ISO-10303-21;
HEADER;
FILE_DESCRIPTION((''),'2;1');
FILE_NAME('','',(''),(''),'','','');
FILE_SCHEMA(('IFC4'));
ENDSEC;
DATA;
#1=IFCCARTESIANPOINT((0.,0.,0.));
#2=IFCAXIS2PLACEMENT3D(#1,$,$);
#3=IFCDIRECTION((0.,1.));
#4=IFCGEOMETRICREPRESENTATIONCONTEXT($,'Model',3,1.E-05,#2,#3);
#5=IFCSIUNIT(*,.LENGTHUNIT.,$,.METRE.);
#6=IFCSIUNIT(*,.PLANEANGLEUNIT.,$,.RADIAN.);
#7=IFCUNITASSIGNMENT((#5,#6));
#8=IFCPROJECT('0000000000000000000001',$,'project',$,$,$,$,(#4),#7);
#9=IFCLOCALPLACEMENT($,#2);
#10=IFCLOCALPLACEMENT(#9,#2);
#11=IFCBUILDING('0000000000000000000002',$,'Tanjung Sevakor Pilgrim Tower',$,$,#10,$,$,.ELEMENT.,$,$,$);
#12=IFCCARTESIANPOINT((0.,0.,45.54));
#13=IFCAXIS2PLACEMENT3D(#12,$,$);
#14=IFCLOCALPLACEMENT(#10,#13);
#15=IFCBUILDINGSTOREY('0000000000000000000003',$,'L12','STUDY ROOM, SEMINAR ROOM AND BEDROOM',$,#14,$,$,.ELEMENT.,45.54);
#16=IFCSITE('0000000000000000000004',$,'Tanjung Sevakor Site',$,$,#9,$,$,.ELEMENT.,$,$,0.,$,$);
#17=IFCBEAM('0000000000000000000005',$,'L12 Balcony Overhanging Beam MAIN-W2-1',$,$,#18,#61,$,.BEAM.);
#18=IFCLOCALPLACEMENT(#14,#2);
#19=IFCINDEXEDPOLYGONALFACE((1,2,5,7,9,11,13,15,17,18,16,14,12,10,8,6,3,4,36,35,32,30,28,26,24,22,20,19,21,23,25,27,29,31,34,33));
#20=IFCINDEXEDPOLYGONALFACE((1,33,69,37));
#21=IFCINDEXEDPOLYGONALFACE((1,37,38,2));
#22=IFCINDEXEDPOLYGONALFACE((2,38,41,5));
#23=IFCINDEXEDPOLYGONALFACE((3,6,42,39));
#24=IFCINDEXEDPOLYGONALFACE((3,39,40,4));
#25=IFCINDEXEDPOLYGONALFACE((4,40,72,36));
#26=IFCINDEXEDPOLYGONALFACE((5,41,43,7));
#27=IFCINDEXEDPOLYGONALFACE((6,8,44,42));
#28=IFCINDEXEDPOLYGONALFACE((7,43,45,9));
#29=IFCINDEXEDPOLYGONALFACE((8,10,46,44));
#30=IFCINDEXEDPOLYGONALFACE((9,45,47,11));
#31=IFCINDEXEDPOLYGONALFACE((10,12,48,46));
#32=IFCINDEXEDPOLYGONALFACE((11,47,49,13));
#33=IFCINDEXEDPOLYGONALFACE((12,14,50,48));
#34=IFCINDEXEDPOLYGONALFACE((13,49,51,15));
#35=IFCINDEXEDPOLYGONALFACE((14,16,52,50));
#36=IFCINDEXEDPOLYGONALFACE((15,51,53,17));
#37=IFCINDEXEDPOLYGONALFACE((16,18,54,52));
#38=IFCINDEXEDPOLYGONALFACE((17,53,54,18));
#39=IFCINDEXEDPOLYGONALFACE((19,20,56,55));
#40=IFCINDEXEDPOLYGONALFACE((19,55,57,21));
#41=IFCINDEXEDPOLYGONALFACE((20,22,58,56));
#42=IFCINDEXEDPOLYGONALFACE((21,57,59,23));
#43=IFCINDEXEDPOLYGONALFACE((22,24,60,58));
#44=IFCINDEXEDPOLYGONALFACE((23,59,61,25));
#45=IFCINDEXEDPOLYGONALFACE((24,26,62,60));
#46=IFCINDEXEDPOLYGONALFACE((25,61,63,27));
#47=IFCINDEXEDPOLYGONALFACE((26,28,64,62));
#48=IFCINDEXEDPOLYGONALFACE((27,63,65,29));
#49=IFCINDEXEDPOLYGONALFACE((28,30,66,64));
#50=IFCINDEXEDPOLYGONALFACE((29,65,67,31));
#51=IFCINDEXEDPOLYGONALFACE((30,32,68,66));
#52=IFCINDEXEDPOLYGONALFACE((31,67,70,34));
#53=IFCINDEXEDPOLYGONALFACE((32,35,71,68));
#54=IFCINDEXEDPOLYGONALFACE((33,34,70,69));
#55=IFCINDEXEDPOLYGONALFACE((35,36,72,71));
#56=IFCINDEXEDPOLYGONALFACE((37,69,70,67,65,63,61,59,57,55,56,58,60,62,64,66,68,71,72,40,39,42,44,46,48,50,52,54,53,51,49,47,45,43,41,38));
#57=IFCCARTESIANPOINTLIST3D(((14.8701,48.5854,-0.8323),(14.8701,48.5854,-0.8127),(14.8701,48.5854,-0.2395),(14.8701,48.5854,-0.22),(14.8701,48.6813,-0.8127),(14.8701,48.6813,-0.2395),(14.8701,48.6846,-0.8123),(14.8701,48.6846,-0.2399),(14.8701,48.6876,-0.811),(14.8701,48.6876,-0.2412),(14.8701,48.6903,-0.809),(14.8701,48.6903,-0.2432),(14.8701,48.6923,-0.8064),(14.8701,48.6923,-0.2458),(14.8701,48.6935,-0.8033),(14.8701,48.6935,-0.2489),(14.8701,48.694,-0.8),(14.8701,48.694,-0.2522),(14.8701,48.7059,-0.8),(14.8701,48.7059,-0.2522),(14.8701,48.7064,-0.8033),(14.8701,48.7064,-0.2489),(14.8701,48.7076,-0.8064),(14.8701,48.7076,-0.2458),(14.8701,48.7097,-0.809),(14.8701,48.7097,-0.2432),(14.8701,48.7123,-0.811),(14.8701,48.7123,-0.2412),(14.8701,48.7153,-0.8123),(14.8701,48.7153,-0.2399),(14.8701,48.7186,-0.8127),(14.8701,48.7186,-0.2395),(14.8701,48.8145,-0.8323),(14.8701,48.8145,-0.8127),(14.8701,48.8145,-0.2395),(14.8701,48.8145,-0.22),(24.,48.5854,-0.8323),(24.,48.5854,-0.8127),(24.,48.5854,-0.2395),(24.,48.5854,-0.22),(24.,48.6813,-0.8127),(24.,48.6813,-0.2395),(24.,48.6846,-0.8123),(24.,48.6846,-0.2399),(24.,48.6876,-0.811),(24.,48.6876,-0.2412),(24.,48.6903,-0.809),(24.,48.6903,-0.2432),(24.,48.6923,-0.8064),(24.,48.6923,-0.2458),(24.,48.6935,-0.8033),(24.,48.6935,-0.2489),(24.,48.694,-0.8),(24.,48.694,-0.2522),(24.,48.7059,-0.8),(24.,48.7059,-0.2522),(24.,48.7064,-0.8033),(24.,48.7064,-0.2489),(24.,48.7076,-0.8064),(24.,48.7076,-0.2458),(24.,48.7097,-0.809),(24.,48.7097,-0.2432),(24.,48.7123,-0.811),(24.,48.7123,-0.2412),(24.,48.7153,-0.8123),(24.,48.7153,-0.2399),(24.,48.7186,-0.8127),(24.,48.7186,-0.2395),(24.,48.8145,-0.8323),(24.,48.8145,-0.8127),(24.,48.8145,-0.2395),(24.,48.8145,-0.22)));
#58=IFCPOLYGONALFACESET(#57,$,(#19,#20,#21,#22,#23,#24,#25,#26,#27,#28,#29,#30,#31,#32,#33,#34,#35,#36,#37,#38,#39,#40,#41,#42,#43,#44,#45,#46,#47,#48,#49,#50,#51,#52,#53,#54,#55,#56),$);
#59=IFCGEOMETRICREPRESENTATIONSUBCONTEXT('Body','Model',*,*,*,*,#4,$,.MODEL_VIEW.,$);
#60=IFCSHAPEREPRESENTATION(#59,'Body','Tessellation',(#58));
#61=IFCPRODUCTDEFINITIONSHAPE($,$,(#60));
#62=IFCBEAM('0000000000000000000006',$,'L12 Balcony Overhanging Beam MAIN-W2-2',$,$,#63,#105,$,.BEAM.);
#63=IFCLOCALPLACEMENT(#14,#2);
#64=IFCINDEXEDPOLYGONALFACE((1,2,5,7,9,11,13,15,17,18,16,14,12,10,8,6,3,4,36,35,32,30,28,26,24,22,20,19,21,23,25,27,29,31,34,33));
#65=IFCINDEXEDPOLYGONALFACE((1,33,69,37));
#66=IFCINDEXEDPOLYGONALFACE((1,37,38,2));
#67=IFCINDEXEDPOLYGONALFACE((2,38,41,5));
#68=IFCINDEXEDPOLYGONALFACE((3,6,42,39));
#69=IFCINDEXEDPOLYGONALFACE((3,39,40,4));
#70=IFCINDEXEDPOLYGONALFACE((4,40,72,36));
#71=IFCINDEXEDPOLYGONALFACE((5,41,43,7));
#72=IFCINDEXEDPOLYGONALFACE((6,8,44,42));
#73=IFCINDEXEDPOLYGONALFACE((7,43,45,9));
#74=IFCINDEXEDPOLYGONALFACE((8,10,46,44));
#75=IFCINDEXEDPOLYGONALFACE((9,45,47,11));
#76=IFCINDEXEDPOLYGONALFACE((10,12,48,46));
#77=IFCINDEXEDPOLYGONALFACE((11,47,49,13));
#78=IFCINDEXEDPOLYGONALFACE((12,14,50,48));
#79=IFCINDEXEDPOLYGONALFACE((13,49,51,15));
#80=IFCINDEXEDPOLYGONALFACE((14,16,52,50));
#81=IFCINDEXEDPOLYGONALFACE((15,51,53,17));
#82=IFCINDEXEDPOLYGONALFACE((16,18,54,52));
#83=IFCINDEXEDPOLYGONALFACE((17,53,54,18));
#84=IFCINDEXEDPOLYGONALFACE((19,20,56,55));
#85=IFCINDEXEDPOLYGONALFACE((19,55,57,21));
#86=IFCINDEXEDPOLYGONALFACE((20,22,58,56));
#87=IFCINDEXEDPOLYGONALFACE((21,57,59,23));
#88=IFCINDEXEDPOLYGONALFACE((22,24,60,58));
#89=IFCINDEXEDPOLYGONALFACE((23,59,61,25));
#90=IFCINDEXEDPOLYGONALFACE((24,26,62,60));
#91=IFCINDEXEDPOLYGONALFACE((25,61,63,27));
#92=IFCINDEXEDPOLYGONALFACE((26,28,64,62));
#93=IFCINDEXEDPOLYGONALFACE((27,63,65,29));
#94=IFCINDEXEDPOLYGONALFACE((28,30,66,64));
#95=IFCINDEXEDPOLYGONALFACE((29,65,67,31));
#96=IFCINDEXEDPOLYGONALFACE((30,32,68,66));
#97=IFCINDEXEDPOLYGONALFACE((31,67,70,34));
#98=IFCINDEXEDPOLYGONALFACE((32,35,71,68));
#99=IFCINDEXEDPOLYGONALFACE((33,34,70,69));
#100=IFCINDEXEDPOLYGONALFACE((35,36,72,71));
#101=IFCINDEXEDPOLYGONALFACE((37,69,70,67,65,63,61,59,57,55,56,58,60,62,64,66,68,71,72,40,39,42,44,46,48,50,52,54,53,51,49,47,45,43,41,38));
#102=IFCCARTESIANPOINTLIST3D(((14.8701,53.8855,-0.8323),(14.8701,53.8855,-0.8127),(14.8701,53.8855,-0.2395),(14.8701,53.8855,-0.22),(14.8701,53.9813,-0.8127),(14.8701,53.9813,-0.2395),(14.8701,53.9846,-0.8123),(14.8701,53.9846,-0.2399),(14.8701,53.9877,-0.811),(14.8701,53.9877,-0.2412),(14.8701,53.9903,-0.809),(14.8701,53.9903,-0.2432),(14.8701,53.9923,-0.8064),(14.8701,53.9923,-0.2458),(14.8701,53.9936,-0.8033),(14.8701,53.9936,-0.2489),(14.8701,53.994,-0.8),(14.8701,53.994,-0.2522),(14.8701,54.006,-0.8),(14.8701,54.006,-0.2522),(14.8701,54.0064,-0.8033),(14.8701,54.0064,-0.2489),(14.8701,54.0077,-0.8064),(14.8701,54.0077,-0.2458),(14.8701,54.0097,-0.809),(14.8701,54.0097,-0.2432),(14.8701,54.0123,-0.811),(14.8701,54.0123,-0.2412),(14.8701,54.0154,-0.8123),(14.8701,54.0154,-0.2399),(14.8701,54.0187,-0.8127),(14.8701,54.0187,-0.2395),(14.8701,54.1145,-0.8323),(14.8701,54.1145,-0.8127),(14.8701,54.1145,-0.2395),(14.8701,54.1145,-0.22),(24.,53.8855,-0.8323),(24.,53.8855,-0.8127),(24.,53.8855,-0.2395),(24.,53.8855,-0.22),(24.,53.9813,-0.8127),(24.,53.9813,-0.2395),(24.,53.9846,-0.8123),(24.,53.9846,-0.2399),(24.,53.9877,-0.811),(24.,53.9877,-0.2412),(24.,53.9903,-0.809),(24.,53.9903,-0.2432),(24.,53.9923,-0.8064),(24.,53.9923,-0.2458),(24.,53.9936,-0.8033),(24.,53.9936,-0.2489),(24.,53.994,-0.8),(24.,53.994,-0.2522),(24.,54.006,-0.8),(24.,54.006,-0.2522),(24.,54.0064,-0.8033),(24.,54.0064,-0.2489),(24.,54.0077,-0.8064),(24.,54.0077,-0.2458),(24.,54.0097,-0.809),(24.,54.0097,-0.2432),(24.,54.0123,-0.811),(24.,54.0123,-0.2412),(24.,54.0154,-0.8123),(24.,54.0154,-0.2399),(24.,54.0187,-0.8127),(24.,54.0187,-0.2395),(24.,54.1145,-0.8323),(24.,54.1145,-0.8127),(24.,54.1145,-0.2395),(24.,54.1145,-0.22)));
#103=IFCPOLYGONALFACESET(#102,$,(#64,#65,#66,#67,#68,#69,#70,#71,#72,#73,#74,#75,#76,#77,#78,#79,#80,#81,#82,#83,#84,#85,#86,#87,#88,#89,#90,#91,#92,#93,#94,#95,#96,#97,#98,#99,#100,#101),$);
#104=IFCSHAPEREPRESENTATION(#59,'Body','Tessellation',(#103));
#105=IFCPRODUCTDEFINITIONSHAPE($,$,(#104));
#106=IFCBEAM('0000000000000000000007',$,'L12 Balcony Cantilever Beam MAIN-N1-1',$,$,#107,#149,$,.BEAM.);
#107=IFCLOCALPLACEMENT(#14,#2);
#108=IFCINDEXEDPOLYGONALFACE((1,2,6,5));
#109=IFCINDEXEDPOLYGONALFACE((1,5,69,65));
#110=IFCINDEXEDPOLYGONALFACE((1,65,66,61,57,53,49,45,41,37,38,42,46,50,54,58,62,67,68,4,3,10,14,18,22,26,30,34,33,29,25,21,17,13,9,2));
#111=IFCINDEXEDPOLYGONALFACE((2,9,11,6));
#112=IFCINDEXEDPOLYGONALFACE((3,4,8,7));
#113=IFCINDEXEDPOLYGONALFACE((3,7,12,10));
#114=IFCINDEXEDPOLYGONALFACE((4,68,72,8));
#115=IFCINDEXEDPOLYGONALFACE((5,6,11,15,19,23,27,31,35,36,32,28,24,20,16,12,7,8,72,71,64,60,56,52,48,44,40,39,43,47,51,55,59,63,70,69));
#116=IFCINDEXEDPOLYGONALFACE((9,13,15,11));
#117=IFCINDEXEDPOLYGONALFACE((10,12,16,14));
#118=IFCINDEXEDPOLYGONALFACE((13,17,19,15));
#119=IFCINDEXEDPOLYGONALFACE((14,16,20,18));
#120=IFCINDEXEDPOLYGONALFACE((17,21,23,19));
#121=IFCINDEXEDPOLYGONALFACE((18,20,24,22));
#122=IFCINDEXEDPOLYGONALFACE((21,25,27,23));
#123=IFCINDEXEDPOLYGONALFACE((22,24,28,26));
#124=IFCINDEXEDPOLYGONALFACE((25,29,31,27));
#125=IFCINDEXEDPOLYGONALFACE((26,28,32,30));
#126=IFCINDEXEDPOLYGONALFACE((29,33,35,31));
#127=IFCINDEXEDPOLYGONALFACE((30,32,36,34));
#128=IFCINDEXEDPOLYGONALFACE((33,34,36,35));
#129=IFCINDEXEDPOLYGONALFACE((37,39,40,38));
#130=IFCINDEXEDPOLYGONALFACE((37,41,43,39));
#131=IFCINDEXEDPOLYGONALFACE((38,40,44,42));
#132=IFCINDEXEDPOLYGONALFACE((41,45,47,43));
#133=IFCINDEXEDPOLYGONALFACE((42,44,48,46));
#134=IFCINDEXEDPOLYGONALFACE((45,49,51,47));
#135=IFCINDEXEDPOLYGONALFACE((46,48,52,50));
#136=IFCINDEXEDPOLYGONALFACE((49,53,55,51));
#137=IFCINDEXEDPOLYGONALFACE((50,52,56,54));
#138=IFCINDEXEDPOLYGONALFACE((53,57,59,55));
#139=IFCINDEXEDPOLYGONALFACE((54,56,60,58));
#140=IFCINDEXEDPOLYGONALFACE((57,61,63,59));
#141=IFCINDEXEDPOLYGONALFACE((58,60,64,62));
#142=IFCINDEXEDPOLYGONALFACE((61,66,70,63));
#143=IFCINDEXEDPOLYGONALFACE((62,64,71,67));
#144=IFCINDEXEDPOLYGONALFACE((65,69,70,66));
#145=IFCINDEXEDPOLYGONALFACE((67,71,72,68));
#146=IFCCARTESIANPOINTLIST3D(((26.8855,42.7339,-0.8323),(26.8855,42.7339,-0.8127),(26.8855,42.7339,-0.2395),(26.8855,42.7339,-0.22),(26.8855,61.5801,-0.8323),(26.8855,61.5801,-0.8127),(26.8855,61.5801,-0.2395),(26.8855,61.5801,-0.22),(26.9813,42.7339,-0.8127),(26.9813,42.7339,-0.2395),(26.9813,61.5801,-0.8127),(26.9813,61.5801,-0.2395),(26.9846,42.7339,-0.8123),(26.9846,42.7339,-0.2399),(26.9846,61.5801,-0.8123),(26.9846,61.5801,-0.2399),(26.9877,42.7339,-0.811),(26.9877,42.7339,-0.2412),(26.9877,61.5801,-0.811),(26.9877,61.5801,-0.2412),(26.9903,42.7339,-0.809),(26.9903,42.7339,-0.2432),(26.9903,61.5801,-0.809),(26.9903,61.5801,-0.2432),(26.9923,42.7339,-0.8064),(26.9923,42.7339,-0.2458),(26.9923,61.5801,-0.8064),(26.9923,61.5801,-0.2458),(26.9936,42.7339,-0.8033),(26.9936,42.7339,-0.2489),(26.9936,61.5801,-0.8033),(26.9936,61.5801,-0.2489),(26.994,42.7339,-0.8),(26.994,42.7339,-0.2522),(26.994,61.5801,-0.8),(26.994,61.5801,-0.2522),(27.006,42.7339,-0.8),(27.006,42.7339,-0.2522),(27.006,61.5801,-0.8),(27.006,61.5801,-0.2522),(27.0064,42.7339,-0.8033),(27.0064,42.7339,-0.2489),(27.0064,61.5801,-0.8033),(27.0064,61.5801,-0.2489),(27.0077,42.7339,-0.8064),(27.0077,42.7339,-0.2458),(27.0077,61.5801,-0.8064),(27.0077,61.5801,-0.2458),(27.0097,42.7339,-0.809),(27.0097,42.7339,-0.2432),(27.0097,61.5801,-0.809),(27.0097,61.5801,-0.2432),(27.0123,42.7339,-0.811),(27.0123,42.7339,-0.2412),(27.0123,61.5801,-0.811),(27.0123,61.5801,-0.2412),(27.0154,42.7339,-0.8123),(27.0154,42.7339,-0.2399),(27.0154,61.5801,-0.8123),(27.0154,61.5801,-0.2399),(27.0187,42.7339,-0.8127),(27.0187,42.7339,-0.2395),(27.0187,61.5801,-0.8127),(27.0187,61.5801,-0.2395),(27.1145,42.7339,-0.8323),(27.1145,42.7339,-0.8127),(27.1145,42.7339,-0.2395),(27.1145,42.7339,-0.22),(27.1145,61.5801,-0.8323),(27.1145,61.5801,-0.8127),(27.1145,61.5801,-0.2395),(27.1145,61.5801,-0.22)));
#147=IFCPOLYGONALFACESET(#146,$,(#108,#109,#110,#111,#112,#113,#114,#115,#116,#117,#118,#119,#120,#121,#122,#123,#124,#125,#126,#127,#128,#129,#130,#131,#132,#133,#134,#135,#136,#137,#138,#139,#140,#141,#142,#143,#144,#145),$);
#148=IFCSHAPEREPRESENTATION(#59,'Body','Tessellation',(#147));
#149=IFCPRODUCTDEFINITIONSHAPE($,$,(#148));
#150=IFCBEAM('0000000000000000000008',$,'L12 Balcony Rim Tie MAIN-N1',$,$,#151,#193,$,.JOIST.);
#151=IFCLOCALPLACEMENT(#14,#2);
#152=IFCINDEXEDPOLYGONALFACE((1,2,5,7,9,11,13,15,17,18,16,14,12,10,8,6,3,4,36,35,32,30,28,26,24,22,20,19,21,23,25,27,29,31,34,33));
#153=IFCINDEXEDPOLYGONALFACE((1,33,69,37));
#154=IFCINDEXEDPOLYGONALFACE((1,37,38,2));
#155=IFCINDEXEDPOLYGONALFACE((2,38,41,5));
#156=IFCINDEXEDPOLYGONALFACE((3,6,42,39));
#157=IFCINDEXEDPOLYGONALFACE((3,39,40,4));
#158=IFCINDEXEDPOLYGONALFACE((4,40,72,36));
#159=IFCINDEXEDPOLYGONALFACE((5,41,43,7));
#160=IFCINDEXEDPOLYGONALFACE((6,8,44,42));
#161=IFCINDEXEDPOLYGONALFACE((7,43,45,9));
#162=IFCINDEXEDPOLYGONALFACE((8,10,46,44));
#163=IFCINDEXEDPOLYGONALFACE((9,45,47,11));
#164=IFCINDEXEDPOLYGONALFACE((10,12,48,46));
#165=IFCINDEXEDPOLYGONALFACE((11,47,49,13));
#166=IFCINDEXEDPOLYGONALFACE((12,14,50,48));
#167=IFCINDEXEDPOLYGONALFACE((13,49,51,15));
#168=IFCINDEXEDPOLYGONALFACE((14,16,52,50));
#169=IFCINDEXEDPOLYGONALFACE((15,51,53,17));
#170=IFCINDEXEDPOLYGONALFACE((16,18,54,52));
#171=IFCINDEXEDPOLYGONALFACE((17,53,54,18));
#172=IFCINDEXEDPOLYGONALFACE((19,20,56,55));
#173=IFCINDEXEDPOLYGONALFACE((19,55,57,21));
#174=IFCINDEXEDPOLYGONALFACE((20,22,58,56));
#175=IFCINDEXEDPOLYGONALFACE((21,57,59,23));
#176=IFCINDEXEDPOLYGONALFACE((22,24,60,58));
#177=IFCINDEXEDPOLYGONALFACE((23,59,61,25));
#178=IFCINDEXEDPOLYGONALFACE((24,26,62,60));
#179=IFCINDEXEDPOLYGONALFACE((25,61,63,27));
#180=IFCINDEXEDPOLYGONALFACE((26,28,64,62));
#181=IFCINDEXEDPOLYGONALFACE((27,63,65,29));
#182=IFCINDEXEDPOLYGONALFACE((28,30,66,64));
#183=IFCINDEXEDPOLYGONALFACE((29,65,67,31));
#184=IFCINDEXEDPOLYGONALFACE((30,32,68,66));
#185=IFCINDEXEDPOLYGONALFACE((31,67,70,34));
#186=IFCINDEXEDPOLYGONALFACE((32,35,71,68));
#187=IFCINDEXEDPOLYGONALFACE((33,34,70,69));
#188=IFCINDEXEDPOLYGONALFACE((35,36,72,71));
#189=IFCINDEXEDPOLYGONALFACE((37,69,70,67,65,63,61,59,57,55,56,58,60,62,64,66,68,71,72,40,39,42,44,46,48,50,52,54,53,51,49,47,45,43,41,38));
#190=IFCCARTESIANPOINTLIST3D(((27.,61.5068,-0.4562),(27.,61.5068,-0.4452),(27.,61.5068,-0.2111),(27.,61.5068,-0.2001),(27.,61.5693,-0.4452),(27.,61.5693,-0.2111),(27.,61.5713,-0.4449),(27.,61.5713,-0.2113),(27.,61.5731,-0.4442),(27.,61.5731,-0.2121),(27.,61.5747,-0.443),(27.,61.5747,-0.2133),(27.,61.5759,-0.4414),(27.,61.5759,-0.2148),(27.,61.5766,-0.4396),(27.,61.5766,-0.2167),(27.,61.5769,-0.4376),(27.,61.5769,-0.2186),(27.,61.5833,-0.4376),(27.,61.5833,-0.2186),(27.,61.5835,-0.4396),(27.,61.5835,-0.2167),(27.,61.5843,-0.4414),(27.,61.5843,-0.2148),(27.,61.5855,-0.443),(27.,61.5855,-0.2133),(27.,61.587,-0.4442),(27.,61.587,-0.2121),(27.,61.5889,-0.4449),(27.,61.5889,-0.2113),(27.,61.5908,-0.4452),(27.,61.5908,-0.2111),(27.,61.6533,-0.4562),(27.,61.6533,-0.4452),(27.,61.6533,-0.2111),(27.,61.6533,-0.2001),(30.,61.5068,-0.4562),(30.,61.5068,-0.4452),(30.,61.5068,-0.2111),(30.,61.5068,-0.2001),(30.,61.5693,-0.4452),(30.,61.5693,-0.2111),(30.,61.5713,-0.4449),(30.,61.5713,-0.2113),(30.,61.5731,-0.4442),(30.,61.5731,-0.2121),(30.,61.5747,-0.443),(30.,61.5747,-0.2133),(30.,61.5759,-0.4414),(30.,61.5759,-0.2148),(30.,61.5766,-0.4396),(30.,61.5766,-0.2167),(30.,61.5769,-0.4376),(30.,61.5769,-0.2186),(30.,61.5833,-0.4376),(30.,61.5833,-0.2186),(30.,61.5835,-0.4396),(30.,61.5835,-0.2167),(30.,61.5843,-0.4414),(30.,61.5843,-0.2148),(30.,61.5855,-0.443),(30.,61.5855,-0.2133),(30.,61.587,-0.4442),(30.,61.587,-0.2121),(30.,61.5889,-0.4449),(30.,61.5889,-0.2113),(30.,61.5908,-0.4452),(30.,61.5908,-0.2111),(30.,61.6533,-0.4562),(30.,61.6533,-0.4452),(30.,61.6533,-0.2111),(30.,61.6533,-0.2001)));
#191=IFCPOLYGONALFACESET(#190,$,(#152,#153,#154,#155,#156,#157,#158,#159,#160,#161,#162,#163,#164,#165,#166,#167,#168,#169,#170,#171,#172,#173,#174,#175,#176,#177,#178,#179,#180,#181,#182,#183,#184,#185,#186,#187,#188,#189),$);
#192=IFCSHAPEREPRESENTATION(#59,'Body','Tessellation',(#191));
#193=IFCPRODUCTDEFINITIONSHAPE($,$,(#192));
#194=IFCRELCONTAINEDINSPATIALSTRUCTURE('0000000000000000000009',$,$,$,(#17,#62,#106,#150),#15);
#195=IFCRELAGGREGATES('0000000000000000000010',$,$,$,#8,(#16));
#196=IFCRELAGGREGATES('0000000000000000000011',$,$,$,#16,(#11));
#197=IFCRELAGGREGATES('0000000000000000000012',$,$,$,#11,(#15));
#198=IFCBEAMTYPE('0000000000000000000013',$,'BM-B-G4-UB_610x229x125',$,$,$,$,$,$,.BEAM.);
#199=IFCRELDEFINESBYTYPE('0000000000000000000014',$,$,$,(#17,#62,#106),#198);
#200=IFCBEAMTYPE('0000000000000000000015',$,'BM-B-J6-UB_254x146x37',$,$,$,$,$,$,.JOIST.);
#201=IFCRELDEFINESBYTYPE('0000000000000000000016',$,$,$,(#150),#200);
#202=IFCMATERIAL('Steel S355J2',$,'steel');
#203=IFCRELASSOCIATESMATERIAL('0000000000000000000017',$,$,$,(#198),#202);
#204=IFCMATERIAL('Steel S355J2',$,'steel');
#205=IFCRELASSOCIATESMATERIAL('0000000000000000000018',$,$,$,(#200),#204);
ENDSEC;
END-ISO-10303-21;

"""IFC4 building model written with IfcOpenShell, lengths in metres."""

from ifc_helpers import new_model, si_unit, direction, frame, origin, origin_2d, place, context, subcontext, project, spatial, i_section, extrude, material, material_profile, profile_set, type_object, element, save


model = new_model("IFC4")

# Units and contexts
model_context = context("Model", 3, precision=1e-05, world=origin(), true_north=direction((0.0, 1.0)))
body_context = subcontext(model_context, "Body", "Model", "MODEL_VIEW")
ifc_project = project(units=[si_unit("LENGTHUNIT", "METRE"), si_unit("PLANEANGLEUNIT", "RADIAN")], contexts=[model_context])

# Site, building, storey
site_placement = place(None, origin())
site = spatial("IfcSite", under=ifc_project, at=site_placement, Name="Tanjung Sevakor Site", CompositionType="ELEMENT", RefElevation=0.0)
building_placement = place(site_placement, origin())
building = spatial("IfcBuilding", under=site, at=building_placement, Name="Tanjung Sevakor Pilgrim Tower", CompositionType="ELEMENT")
storey_placement = place(building_placement, frame((0.0, 0.0, 45.54)))
storey = spatial("IfcBuildingStorey", under=building, at=storey_placement, Name="L12", Description="STUDY ROOM, SEMINAR ROOM AND BEDROOM", CompositionType="ELEMENT", Elevation=45.54)

# Beams
ifc_material_1 = material(Name="Steel S355J2", Category="steel")
ifc_material_profile_1 = material_profile(ifc_material_1, i_section(OverallWidth=0.229, OverallDepth=0.6123, WebThickness=0.012, FlangeThickness=0.0195, FilletRadius=0.0127, at=origin_2d()))
ifc_profile_set_1 = profile_set([ifc_material_profile_1], Name="Steel S355J2")
beam_type_1 = type_object("IfcBeamType", Name="BM-B-G4-UB_610x229x125", PredefinedType="BEAM", material=ifc_profile_set_1)
for number, where, z_axis, x_axis, name in (
    (1, (24.0, 48.7, -0.5261), (-1.0, 0.0, 0.0), (0.0, -1.0, 0.0), "L12 Balcony Overhanging Beam MAIN-W2-1"),
    (2, (24.0, 54.0, -0.5261), (-1.0, 0.0, 0.0), (0.0, -1.0, 0.0), "L12 Balcony Overhanging Beam MAIN-W2-2"),
):
    element("IfcBeam", number, at=place(storey_placement, frame(where, z_axis=z_axis, x_axis=x_axis)), inside=storey, type_object=beam_type_1, Name=name, PredefinedType="BEAM", context=body_context, shape_type="SweptSolid", body=[
        extrude(i_section(OverallWidth=0.229, OverallDepth=0.6123, WebThickness=0.012, FlangeThickness=0.0195, FilletRadius=0.0127, at=origin_2d()), origin(), (0.0, 0.0, 1.0), 9.1299),
    ])
beam_1_placement = place(storey_placement, frame((27.0, 42.7339, -0.5261), z_axis=(0.0, 1.0, 0.0), x_axis=(-1.0, 0.0, 0.0)))
element("IfcBeam", 3, at=beam_1_placement, inside=storey, type_object=beam_type_1, Name="L12 Balcony Cantilever Beam MAIN-N1-1", PredefinedType="BEAM", context=body_context, shape_type="SweptSolid", body=[
    extrude(i_section(OverallWidth=0.229, OverallDepth=0.6123, WebThickness=0.012, FlangeThickness=0.0195, FilletRadius=0.0127, at=origin_2d()), origin(), (0.0, 0.0, 1.0), 18.8462),
])
ifc_material_2 = material(Name="Steel S355J2", Category="steel")
ifc_material_profile_2 = material_profile(ifc_material_2, i_section(OverallWidth=0.1465, OverallDepth=0.2561, WebThickness=0.0063, FlangeThickness=0.011, FilletRadius=0.0076, at=origin_2d()))
ifc_profile_set_2 = profile_set([ifc_material_profile_2], Name="Steel S355J2")
beam_type_2 = type_object("IfcBeamType", Name="BM-B-J6-UB_254x146x37", PredefinedType="JOIST", material=ifc_profile_set_2)
beam_2_placement = place(storey_placement, frame((27.0, 61.5801, -0.3281), z_axis=(1.0, 0.0, 0.0), x_axis=(0.0, 1.0, 0.0)))
element("IfcBeam", 4, at=beam_2_placement, inside=storey, type_object=beam_type_2, Name="L12 Balcony Rim Tie MAIN-N1", PredefinedType="JOIST", context=body_context, shape_type="SweptSolid", body=[
    extrude(i_section(OverallWidth=0.1465, OverallDepth=0.2561, WebThickness=0.0063, FlangeThickness=0.011, FilletRadius=0.0076, at=origin_2d()), origin(), (0.0, 0.0, 1.0), 3.0),
])

save(model, "model.ifc")
